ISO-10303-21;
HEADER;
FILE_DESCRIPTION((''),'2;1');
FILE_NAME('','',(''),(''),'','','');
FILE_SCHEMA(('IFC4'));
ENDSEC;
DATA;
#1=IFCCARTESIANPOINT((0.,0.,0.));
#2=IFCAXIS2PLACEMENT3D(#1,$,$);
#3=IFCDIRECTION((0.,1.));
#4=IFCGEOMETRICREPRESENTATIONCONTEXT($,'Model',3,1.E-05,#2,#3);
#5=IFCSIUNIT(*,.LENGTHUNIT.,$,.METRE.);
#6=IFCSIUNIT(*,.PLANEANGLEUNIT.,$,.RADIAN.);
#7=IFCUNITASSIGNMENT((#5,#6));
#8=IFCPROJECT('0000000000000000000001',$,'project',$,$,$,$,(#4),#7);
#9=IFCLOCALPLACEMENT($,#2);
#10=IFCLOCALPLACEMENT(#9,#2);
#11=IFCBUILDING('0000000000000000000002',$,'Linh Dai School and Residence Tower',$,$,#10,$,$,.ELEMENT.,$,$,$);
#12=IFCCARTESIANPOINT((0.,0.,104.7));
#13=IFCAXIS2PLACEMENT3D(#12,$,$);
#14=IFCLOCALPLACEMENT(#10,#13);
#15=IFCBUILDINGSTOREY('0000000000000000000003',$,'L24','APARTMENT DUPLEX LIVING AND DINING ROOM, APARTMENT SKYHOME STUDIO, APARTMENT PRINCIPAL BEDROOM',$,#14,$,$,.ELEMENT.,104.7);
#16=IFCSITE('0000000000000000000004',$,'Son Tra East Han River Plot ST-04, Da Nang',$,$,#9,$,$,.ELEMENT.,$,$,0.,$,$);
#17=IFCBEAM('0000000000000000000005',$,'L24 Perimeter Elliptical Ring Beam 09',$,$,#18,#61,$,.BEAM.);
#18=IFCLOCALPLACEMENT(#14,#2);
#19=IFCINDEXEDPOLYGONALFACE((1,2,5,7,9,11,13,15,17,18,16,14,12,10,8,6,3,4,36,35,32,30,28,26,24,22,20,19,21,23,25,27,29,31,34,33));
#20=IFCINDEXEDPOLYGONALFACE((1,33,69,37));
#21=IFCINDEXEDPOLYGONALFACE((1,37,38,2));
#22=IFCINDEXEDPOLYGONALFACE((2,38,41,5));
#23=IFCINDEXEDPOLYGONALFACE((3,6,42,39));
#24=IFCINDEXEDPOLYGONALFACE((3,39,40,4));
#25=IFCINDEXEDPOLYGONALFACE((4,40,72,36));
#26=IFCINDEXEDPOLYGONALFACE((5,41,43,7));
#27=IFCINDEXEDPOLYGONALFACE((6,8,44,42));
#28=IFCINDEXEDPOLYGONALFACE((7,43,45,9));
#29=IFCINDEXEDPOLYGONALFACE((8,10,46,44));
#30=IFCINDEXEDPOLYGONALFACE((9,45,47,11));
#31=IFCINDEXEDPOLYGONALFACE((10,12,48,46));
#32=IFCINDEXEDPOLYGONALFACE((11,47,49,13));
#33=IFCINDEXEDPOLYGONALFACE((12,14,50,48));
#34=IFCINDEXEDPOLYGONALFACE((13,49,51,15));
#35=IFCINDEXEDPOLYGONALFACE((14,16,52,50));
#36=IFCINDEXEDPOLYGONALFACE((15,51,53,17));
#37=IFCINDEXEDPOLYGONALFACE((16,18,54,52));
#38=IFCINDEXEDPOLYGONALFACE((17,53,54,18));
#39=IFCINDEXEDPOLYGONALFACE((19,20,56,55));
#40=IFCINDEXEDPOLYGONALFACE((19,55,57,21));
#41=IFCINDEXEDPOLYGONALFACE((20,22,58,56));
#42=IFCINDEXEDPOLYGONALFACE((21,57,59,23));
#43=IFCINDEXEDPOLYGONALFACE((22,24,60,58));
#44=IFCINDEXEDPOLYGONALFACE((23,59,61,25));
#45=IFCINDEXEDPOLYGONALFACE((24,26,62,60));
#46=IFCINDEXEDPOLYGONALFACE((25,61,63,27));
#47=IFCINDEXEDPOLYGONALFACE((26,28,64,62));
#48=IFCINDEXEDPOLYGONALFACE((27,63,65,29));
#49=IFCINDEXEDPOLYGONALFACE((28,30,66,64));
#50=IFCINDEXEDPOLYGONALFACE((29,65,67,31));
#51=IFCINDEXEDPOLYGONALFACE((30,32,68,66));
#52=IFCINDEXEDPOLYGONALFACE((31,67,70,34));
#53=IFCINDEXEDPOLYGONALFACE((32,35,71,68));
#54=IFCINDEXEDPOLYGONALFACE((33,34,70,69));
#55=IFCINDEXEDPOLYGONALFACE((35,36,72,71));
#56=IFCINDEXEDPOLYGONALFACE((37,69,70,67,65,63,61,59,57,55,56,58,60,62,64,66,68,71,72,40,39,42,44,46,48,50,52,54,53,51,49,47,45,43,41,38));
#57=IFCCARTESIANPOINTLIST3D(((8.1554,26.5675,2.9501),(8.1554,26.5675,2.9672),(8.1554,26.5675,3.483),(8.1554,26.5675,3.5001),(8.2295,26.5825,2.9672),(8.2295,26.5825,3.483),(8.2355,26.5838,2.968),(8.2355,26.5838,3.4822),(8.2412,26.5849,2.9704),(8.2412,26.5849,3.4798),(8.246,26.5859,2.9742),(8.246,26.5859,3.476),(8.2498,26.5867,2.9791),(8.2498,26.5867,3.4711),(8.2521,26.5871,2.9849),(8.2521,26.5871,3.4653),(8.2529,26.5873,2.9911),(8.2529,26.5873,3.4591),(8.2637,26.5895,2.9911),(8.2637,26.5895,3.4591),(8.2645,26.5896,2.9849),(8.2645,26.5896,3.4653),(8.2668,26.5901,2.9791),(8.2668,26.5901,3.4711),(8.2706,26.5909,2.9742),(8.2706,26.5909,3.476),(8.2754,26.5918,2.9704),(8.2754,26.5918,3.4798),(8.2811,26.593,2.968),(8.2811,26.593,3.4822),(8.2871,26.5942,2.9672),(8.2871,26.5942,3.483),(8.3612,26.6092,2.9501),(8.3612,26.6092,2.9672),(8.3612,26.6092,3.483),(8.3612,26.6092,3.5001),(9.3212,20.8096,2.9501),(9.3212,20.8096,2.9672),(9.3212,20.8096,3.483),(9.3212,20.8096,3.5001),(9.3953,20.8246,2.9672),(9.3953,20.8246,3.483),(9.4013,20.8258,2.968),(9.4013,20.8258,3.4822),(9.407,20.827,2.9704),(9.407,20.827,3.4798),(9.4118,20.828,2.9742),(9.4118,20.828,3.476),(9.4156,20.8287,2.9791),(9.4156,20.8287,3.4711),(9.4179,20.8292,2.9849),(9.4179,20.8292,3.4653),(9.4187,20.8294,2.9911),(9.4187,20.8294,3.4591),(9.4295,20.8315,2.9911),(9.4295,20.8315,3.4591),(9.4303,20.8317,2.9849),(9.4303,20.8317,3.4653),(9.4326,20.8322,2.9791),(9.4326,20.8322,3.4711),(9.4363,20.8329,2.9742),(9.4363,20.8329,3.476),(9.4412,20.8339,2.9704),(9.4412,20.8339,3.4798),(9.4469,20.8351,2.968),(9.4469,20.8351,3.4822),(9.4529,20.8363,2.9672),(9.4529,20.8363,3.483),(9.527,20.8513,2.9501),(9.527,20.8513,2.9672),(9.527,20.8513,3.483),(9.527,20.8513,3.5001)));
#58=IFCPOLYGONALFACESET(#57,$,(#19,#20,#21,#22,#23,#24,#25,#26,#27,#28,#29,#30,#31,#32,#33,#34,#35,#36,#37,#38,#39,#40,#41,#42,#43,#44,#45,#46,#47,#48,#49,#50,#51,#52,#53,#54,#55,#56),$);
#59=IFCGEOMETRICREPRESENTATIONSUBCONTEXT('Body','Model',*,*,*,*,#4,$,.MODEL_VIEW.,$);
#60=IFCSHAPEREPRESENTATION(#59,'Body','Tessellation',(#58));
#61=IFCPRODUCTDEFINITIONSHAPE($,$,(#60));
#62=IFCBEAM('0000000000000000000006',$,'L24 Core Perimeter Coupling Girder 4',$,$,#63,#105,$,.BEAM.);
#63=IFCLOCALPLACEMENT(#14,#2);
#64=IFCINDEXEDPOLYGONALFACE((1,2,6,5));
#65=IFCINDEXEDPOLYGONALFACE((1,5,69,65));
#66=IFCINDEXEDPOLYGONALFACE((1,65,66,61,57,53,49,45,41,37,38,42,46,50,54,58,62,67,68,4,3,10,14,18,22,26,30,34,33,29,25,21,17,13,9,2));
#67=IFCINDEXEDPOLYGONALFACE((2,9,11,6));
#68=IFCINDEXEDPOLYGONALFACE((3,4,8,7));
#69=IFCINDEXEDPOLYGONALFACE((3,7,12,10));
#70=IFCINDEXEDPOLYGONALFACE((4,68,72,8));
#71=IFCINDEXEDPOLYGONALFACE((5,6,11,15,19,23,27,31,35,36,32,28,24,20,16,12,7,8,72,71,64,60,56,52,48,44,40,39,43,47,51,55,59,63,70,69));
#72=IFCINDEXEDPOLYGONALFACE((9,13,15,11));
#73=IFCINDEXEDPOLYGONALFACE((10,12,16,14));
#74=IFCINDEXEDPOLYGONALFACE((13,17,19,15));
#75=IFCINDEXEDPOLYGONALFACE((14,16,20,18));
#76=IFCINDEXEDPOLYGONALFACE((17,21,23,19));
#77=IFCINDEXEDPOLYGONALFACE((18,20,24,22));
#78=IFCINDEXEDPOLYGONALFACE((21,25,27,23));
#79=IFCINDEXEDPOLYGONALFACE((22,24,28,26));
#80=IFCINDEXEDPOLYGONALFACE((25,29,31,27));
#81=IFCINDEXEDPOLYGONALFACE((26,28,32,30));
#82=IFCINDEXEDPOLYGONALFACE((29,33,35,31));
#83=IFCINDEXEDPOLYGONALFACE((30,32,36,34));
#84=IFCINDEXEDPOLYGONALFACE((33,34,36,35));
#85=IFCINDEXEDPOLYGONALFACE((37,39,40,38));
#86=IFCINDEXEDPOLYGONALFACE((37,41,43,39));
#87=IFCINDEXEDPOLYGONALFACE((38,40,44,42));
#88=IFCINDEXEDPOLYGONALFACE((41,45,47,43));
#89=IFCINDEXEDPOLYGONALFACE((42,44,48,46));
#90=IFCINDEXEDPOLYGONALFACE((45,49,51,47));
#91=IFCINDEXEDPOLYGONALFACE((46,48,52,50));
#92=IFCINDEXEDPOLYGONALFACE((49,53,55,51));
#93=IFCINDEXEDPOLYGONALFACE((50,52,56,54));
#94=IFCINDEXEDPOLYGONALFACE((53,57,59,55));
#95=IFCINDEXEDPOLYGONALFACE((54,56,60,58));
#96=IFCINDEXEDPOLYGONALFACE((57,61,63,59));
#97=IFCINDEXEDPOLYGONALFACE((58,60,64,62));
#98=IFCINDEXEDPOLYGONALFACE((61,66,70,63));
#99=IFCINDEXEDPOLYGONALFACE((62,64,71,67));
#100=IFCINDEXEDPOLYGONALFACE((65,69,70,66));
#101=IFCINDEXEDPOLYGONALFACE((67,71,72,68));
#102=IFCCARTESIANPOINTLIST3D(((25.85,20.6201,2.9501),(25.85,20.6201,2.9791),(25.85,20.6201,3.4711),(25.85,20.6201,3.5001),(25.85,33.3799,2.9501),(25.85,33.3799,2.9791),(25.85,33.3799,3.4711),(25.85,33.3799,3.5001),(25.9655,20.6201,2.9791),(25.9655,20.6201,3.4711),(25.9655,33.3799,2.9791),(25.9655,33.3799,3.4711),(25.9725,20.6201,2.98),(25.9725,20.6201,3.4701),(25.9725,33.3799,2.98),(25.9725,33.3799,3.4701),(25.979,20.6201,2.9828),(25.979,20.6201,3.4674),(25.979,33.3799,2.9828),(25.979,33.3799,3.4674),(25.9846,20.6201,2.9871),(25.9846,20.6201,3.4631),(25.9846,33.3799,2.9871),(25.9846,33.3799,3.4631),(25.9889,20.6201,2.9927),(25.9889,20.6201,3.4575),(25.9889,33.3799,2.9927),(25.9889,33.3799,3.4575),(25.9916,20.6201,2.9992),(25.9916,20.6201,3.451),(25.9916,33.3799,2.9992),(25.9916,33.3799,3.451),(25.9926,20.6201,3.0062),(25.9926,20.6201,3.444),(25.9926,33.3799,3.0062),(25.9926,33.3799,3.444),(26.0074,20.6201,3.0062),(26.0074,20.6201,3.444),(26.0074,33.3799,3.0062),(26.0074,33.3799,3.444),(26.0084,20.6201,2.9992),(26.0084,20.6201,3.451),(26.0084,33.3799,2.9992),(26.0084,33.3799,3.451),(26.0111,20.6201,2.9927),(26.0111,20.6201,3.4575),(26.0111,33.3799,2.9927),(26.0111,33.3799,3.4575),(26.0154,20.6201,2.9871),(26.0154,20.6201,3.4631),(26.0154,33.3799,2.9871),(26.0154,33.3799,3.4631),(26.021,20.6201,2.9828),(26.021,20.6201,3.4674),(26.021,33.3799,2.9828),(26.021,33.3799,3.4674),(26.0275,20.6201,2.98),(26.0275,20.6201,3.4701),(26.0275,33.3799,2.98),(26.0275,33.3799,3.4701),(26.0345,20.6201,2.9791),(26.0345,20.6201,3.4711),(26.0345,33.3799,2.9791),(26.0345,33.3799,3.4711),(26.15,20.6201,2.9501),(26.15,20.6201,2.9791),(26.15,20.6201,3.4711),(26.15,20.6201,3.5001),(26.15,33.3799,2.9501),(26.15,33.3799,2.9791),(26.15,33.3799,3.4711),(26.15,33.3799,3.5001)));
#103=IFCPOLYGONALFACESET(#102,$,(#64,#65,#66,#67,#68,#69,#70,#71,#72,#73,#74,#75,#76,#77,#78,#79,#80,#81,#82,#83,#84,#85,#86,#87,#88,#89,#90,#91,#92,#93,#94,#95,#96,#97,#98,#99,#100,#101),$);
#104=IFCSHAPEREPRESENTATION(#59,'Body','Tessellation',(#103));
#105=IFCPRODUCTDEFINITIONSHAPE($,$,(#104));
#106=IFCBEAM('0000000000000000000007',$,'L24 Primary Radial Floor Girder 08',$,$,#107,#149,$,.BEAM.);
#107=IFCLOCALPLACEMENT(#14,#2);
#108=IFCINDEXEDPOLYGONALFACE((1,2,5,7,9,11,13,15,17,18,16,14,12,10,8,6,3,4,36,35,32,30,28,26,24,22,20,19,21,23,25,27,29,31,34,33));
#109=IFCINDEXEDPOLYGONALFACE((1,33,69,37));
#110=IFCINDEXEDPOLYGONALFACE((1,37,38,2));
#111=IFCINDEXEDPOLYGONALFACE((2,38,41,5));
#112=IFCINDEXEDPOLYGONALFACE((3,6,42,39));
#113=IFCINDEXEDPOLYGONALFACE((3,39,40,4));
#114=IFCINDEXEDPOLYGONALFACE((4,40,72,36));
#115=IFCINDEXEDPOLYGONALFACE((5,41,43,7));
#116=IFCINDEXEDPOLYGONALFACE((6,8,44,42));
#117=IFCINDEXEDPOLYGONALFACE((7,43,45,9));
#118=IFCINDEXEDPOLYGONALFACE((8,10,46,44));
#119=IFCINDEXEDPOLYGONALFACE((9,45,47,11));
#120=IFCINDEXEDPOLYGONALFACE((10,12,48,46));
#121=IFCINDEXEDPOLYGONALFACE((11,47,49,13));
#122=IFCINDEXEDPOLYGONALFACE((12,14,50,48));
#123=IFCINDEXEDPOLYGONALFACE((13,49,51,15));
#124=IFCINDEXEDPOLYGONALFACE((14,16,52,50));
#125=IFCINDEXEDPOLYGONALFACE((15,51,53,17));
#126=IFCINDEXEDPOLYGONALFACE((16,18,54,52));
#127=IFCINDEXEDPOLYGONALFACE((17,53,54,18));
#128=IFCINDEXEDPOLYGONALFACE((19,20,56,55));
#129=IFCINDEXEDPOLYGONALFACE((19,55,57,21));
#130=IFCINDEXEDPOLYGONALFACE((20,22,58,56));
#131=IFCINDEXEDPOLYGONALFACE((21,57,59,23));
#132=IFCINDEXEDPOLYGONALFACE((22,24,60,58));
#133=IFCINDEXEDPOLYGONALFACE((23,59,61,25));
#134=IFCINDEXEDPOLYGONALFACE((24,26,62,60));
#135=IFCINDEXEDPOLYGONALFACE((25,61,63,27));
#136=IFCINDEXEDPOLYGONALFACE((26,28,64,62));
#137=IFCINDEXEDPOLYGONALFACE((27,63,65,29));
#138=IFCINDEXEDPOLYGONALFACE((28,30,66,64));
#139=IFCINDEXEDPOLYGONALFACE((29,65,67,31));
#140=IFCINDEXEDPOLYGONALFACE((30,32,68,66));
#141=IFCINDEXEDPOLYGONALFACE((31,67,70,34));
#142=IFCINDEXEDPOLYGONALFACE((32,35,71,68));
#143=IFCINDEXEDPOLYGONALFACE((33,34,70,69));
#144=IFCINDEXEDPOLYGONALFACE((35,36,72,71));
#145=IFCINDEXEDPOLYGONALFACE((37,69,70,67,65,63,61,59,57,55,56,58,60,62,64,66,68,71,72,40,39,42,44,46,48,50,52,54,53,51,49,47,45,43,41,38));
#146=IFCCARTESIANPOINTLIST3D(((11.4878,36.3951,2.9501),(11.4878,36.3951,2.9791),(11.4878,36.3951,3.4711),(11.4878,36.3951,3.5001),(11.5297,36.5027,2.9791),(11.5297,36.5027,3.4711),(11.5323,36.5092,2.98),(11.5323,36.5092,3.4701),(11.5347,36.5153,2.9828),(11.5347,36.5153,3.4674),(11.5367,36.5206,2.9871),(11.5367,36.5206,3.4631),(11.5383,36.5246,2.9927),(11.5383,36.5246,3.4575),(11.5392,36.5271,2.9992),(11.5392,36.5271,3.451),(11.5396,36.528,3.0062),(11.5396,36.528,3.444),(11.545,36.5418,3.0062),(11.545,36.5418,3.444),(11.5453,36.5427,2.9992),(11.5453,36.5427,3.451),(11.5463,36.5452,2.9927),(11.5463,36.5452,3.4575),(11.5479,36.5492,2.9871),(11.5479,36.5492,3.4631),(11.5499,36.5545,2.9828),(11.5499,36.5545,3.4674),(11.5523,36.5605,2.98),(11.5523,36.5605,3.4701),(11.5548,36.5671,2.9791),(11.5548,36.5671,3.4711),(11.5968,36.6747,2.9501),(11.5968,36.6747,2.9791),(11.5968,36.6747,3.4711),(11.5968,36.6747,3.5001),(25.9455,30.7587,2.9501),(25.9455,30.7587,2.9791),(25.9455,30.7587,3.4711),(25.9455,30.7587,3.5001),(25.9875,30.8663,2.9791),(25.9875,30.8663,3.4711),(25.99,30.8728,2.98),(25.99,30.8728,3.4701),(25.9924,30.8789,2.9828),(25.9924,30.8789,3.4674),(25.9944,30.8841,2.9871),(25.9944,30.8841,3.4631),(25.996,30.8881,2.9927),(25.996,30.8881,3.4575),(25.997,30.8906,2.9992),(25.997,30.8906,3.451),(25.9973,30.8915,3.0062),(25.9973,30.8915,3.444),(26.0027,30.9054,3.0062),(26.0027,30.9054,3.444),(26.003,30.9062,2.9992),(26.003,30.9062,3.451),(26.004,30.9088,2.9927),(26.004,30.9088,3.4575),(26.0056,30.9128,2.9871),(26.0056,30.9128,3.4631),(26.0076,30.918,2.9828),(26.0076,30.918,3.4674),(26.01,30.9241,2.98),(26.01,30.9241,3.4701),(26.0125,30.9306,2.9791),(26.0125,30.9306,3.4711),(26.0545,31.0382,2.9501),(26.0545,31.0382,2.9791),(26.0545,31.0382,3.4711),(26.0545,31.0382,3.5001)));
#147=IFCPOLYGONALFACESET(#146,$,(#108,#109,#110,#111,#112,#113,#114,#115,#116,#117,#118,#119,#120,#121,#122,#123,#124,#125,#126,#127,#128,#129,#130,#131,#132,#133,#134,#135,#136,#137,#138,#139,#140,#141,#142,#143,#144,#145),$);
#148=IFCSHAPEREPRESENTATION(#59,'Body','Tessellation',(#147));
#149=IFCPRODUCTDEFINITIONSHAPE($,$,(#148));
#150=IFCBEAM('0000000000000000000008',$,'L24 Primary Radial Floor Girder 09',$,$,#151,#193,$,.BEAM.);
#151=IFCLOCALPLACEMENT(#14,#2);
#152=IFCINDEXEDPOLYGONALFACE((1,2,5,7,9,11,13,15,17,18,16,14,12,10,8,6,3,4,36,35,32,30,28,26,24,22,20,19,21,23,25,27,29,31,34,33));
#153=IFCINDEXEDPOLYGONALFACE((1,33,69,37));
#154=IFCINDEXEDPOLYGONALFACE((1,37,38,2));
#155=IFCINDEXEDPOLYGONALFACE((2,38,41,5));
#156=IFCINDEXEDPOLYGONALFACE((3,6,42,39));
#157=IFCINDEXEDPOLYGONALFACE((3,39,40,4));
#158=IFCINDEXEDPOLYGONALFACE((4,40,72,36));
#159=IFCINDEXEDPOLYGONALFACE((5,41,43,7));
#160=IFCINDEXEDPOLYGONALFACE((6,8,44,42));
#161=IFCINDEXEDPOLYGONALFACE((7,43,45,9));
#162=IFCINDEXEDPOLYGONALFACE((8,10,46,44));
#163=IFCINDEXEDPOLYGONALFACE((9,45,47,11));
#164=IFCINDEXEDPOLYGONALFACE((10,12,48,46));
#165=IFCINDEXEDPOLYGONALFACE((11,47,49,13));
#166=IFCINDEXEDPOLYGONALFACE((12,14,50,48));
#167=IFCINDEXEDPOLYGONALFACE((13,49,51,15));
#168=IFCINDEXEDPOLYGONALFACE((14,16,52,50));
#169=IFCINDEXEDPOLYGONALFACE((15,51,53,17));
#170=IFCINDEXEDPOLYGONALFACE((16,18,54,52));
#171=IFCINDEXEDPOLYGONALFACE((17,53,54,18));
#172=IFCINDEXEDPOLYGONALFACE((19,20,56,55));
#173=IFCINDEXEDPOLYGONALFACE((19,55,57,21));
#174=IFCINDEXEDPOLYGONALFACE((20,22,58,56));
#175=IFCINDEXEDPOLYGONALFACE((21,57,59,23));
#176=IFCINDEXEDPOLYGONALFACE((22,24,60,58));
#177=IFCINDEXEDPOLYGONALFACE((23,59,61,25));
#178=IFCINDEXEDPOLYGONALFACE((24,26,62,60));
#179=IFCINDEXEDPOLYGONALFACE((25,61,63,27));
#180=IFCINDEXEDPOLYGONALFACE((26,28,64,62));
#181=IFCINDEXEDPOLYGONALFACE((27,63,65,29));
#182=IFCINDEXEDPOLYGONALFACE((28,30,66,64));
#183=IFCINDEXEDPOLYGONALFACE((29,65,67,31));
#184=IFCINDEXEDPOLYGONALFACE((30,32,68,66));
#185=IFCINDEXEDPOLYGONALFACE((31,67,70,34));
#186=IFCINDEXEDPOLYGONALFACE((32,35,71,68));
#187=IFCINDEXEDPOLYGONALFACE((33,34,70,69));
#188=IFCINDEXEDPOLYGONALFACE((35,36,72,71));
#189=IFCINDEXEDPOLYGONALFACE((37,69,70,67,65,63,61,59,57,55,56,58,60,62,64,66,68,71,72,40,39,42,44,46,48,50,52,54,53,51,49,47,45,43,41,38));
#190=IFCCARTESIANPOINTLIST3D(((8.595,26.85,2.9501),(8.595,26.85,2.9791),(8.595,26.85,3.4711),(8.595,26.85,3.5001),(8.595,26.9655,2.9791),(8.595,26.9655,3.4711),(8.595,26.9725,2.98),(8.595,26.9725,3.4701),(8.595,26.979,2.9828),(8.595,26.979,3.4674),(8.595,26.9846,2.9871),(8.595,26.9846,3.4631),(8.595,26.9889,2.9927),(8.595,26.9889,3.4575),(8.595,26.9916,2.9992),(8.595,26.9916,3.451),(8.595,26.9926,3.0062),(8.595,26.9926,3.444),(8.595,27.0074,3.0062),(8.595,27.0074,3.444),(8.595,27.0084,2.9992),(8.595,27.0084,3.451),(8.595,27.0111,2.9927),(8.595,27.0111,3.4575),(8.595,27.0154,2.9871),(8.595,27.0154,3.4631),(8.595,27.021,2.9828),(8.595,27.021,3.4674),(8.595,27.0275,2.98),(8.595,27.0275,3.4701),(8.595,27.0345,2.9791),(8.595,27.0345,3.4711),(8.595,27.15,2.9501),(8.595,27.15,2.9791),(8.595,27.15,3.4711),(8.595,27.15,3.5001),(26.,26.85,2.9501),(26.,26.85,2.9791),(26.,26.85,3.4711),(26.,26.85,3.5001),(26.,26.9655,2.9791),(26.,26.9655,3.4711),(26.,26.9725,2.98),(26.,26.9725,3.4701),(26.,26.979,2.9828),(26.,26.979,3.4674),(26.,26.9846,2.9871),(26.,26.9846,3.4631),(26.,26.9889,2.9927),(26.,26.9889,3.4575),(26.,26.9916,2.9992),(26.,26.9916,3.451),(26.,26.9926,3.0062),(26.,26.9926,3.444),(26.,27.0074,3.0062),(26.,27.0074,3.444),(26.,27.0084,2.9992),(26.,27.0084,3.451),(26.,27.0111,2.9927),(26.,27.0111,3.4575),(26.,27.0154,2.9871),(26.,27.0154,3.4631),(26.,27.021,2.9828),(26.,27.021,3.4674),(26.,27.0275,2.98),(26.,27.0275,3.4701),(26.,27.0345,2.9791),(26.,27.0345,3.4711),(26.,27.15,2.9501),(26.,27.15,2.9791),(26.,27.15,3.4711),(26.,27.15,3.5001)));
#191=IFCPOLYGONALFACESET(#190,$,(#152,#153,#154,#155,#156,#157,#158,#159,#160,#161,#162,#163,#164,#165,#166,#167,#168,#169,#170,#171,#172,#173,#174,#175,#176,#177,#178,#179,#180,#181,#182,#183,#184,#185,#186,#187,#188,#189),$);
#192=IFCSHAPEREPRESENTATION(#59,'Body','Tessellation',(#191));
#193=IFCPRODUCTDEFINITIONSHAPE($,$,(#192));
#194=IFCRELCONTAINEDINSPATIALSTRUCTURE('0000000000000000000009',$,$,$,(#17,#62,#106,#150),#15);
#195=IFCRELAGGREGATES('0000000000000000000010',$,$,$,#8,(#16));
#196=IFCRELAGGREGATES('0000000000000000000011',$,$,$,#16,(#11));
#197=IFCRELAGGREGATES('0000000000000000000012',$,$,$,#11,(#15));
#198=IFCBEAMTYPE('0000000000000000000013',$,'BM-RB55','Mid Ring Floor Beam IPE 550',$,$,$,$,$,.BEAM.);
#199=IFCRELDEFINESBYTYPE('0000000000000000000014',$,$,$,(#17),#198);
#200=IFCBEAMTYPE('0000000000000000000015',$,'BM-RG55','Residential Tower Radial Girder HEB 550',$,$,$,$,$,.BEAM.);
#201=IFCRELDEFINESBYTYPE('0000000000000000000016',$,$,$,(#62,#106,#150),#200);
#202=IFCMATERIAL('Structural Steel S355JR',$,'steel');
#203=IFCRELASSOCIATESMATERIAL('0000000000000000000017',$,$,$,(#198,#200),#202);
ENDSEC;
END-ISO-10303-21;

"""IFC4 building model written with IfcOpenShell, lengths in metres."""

from ifc_helpers import new_model, si_unit, direction, frame, origin, origin_2d, place, context, subcontext, project, spatial, i_section, extrude, material, material_profile, profile_set, type_object, element, save


model = new_model("IFC4")

# Units and contexts
model_context = context("Model", 3, precision=1e-05, world=origin(), true_north=direction((0.0, 1.0)))
body_context = subcontext(model_context, "Body", "Model", "MODEL_VIEW")
ifc_project = project(units=[si_unit("LENGTHUNIT", "METRE"), si_unit("PLANEANGLEUNIT", "RADIAN")], contexts=[model_context])

# Site, building, storey
site_placement = place(None, origin())
site = spatial("IfcSite", under=ifc_project, at=site_placement, Name="Son Tra East Han River Plot ST-04, Da Nang", CompositionType="ELEMENT", RefElevation=0.0)
building_placement = place(site_placement, origin())
building = spatial("IfcBuilding", under=site, at=building_placement, Name="Linh Dai School and Residence Tower", CompositionType="ELEMENT")
storey_placement = place(building_placement, frame((0.0, 0.0, 104.7)))
storey = spatial("IfcBuildingStorey", under=building, at=storey_placement, Name="L24", Description="APARTMENT DUPLEX LIVING AND DINING ROOM, APARTMENT SKYHOME STUDIO, APARTMENT PRINCIPAL BEDROOM", CompositionType="ELEMENT", Elevation=104.7)

# Shared definitions
ifc_material_1 = material(Name="Structural Steel S355JR", Category="steel")

# Beams
ifc_material_profile_1 = material_profile(ifc_material_1, i_section(OverallWidth=0.21, OverallDepth=0.55, WebThickness=0.011, FlangeThickness=0.0171, FilletRadius=0.0239, at=origin_2d()), Name="IPE 550")
ifc_profile_set_1 = profile_set([ifc_material_profile_1], Name="Structural Steel S355JR")
beam_type_1 = type_object("IfcBeamType", Name="BM-RB55", Description="Mid Ring Floor Beam IPE 550", PredefinedType="BEAM", material=ifc_profile_set_1)
beam_1_placement = place(storey_placement, frame((8.2583, 26.5884, 3.2251), z_axis=(0.198441, -0.980113, 0.0), x_axis=(0.980113, 0.198441, 0.0)))
element("IfcBeam", 1, at=beam_1_placement, inside=storey, type_object=beam_type_1, Name="L24 Perimeter Elliptical Ring Beam 09", PredefinedType="BEAM", context=body_context, shape_type="SweptSolid", body=[
    extrude(i_section(OverallWidth=0.21, OverallDepth=0.55, WebThickness=0.011, FlangeThickness=0.0171, FilletRadius=0.0239, at=origin_2d()), origin(), (0.0, 0.0, 1.0), 5.8748),
])
ifc_material_profile_2 = material_profile(ifc_material_1, i_section(OverallWidth=0.3, OverallDepth=0.55, WebThickness=0.0149, FlangeThickness=0.0291, FilletRadius=0.0271, at=origin_2d()), Name="HEB 550")
ifc_profile_set_2 = profile_set([ifc_material_profile_2], Name="Structural Steel S355JR")
beam_type_2 = type_object("IfcBeamType", Name="BM-RG55", Description="Residential Tower Radial Girder HEB 550", PredefinedType="BEAM", material=ifc_profile_set_2)
beam_2_placement = place(storey_placement, frame((26.0, 33.3799, 3.2251), z_axis=(0.0, -1.0, 0.0), x_axis=(1.0, 0.0, 0.0)))
element("IfcBeam", 2, at=beam_2_placement, inside=storey, type_object=beam_type_2, Name="L24 Core Perimeter Coupling Girder 4", PredefinedType="BEAM", context=body_context, shape_type="SweptSolid", body=[
    extrude(i_section(OverallWidth=0.3, OverallDepth=0.55, WebThickness=0.0149, FlangeThickness=0.0291, FilletRadius=0.0271, at=origin_2d()), origin(), (0.0, 0.0, 1.0), 12.7598),
])
beam_3_placement = place(storey_placement, frame((26.0, 30.8984, 3.2251), z_axis=(-0.931699, 0.36323, 0.0), x_axis=(-0.36323, -0.931699, 0.0)))
element("IfcBeam", 3, at=beam_3_placement, inside=storey, type_object=beam_type_2, Name="L24 Primary Radial Floor Girder 08", PredefinedType="BEAM", context=body_context, shape_type="SweptSolid", body=[
    extrude(i_section(OverallWidth=0.3, OverallDepth=0.55, WebThickness=0.0149, FlangeThickness=0.0291, FilletRadius=0.0271, at=origin_2d()), origin(), (0.0, 0.0, 1.0), 15.5176),
])
beam_4_placement = place(storey_placement, frame((26.0, 27.0, 3.2251), z_axis=(-1.0, 0.0, 0.0), x_axis=(0.0, -1.0, 0.0)))
element("IfcBeam", 4, at=beam_4_placement, inside=storey, type_object=beam_type_2, Name="L24 Primary Radial Floor Girder 09", PredefinedType="BEAM", context=body_context, shape_type="SweptSolid", body=[
    extrude(i_section(OverallWidth=0.3, OverallDepth=0.55, WebThickness=0.0149, FlangeThickness=0.0291, FilletRadius=0.0271, at=origin_2d()), origin(), (0.0, 0.0, 1.0), 17.405),
])

save(model, "model.ifc")
